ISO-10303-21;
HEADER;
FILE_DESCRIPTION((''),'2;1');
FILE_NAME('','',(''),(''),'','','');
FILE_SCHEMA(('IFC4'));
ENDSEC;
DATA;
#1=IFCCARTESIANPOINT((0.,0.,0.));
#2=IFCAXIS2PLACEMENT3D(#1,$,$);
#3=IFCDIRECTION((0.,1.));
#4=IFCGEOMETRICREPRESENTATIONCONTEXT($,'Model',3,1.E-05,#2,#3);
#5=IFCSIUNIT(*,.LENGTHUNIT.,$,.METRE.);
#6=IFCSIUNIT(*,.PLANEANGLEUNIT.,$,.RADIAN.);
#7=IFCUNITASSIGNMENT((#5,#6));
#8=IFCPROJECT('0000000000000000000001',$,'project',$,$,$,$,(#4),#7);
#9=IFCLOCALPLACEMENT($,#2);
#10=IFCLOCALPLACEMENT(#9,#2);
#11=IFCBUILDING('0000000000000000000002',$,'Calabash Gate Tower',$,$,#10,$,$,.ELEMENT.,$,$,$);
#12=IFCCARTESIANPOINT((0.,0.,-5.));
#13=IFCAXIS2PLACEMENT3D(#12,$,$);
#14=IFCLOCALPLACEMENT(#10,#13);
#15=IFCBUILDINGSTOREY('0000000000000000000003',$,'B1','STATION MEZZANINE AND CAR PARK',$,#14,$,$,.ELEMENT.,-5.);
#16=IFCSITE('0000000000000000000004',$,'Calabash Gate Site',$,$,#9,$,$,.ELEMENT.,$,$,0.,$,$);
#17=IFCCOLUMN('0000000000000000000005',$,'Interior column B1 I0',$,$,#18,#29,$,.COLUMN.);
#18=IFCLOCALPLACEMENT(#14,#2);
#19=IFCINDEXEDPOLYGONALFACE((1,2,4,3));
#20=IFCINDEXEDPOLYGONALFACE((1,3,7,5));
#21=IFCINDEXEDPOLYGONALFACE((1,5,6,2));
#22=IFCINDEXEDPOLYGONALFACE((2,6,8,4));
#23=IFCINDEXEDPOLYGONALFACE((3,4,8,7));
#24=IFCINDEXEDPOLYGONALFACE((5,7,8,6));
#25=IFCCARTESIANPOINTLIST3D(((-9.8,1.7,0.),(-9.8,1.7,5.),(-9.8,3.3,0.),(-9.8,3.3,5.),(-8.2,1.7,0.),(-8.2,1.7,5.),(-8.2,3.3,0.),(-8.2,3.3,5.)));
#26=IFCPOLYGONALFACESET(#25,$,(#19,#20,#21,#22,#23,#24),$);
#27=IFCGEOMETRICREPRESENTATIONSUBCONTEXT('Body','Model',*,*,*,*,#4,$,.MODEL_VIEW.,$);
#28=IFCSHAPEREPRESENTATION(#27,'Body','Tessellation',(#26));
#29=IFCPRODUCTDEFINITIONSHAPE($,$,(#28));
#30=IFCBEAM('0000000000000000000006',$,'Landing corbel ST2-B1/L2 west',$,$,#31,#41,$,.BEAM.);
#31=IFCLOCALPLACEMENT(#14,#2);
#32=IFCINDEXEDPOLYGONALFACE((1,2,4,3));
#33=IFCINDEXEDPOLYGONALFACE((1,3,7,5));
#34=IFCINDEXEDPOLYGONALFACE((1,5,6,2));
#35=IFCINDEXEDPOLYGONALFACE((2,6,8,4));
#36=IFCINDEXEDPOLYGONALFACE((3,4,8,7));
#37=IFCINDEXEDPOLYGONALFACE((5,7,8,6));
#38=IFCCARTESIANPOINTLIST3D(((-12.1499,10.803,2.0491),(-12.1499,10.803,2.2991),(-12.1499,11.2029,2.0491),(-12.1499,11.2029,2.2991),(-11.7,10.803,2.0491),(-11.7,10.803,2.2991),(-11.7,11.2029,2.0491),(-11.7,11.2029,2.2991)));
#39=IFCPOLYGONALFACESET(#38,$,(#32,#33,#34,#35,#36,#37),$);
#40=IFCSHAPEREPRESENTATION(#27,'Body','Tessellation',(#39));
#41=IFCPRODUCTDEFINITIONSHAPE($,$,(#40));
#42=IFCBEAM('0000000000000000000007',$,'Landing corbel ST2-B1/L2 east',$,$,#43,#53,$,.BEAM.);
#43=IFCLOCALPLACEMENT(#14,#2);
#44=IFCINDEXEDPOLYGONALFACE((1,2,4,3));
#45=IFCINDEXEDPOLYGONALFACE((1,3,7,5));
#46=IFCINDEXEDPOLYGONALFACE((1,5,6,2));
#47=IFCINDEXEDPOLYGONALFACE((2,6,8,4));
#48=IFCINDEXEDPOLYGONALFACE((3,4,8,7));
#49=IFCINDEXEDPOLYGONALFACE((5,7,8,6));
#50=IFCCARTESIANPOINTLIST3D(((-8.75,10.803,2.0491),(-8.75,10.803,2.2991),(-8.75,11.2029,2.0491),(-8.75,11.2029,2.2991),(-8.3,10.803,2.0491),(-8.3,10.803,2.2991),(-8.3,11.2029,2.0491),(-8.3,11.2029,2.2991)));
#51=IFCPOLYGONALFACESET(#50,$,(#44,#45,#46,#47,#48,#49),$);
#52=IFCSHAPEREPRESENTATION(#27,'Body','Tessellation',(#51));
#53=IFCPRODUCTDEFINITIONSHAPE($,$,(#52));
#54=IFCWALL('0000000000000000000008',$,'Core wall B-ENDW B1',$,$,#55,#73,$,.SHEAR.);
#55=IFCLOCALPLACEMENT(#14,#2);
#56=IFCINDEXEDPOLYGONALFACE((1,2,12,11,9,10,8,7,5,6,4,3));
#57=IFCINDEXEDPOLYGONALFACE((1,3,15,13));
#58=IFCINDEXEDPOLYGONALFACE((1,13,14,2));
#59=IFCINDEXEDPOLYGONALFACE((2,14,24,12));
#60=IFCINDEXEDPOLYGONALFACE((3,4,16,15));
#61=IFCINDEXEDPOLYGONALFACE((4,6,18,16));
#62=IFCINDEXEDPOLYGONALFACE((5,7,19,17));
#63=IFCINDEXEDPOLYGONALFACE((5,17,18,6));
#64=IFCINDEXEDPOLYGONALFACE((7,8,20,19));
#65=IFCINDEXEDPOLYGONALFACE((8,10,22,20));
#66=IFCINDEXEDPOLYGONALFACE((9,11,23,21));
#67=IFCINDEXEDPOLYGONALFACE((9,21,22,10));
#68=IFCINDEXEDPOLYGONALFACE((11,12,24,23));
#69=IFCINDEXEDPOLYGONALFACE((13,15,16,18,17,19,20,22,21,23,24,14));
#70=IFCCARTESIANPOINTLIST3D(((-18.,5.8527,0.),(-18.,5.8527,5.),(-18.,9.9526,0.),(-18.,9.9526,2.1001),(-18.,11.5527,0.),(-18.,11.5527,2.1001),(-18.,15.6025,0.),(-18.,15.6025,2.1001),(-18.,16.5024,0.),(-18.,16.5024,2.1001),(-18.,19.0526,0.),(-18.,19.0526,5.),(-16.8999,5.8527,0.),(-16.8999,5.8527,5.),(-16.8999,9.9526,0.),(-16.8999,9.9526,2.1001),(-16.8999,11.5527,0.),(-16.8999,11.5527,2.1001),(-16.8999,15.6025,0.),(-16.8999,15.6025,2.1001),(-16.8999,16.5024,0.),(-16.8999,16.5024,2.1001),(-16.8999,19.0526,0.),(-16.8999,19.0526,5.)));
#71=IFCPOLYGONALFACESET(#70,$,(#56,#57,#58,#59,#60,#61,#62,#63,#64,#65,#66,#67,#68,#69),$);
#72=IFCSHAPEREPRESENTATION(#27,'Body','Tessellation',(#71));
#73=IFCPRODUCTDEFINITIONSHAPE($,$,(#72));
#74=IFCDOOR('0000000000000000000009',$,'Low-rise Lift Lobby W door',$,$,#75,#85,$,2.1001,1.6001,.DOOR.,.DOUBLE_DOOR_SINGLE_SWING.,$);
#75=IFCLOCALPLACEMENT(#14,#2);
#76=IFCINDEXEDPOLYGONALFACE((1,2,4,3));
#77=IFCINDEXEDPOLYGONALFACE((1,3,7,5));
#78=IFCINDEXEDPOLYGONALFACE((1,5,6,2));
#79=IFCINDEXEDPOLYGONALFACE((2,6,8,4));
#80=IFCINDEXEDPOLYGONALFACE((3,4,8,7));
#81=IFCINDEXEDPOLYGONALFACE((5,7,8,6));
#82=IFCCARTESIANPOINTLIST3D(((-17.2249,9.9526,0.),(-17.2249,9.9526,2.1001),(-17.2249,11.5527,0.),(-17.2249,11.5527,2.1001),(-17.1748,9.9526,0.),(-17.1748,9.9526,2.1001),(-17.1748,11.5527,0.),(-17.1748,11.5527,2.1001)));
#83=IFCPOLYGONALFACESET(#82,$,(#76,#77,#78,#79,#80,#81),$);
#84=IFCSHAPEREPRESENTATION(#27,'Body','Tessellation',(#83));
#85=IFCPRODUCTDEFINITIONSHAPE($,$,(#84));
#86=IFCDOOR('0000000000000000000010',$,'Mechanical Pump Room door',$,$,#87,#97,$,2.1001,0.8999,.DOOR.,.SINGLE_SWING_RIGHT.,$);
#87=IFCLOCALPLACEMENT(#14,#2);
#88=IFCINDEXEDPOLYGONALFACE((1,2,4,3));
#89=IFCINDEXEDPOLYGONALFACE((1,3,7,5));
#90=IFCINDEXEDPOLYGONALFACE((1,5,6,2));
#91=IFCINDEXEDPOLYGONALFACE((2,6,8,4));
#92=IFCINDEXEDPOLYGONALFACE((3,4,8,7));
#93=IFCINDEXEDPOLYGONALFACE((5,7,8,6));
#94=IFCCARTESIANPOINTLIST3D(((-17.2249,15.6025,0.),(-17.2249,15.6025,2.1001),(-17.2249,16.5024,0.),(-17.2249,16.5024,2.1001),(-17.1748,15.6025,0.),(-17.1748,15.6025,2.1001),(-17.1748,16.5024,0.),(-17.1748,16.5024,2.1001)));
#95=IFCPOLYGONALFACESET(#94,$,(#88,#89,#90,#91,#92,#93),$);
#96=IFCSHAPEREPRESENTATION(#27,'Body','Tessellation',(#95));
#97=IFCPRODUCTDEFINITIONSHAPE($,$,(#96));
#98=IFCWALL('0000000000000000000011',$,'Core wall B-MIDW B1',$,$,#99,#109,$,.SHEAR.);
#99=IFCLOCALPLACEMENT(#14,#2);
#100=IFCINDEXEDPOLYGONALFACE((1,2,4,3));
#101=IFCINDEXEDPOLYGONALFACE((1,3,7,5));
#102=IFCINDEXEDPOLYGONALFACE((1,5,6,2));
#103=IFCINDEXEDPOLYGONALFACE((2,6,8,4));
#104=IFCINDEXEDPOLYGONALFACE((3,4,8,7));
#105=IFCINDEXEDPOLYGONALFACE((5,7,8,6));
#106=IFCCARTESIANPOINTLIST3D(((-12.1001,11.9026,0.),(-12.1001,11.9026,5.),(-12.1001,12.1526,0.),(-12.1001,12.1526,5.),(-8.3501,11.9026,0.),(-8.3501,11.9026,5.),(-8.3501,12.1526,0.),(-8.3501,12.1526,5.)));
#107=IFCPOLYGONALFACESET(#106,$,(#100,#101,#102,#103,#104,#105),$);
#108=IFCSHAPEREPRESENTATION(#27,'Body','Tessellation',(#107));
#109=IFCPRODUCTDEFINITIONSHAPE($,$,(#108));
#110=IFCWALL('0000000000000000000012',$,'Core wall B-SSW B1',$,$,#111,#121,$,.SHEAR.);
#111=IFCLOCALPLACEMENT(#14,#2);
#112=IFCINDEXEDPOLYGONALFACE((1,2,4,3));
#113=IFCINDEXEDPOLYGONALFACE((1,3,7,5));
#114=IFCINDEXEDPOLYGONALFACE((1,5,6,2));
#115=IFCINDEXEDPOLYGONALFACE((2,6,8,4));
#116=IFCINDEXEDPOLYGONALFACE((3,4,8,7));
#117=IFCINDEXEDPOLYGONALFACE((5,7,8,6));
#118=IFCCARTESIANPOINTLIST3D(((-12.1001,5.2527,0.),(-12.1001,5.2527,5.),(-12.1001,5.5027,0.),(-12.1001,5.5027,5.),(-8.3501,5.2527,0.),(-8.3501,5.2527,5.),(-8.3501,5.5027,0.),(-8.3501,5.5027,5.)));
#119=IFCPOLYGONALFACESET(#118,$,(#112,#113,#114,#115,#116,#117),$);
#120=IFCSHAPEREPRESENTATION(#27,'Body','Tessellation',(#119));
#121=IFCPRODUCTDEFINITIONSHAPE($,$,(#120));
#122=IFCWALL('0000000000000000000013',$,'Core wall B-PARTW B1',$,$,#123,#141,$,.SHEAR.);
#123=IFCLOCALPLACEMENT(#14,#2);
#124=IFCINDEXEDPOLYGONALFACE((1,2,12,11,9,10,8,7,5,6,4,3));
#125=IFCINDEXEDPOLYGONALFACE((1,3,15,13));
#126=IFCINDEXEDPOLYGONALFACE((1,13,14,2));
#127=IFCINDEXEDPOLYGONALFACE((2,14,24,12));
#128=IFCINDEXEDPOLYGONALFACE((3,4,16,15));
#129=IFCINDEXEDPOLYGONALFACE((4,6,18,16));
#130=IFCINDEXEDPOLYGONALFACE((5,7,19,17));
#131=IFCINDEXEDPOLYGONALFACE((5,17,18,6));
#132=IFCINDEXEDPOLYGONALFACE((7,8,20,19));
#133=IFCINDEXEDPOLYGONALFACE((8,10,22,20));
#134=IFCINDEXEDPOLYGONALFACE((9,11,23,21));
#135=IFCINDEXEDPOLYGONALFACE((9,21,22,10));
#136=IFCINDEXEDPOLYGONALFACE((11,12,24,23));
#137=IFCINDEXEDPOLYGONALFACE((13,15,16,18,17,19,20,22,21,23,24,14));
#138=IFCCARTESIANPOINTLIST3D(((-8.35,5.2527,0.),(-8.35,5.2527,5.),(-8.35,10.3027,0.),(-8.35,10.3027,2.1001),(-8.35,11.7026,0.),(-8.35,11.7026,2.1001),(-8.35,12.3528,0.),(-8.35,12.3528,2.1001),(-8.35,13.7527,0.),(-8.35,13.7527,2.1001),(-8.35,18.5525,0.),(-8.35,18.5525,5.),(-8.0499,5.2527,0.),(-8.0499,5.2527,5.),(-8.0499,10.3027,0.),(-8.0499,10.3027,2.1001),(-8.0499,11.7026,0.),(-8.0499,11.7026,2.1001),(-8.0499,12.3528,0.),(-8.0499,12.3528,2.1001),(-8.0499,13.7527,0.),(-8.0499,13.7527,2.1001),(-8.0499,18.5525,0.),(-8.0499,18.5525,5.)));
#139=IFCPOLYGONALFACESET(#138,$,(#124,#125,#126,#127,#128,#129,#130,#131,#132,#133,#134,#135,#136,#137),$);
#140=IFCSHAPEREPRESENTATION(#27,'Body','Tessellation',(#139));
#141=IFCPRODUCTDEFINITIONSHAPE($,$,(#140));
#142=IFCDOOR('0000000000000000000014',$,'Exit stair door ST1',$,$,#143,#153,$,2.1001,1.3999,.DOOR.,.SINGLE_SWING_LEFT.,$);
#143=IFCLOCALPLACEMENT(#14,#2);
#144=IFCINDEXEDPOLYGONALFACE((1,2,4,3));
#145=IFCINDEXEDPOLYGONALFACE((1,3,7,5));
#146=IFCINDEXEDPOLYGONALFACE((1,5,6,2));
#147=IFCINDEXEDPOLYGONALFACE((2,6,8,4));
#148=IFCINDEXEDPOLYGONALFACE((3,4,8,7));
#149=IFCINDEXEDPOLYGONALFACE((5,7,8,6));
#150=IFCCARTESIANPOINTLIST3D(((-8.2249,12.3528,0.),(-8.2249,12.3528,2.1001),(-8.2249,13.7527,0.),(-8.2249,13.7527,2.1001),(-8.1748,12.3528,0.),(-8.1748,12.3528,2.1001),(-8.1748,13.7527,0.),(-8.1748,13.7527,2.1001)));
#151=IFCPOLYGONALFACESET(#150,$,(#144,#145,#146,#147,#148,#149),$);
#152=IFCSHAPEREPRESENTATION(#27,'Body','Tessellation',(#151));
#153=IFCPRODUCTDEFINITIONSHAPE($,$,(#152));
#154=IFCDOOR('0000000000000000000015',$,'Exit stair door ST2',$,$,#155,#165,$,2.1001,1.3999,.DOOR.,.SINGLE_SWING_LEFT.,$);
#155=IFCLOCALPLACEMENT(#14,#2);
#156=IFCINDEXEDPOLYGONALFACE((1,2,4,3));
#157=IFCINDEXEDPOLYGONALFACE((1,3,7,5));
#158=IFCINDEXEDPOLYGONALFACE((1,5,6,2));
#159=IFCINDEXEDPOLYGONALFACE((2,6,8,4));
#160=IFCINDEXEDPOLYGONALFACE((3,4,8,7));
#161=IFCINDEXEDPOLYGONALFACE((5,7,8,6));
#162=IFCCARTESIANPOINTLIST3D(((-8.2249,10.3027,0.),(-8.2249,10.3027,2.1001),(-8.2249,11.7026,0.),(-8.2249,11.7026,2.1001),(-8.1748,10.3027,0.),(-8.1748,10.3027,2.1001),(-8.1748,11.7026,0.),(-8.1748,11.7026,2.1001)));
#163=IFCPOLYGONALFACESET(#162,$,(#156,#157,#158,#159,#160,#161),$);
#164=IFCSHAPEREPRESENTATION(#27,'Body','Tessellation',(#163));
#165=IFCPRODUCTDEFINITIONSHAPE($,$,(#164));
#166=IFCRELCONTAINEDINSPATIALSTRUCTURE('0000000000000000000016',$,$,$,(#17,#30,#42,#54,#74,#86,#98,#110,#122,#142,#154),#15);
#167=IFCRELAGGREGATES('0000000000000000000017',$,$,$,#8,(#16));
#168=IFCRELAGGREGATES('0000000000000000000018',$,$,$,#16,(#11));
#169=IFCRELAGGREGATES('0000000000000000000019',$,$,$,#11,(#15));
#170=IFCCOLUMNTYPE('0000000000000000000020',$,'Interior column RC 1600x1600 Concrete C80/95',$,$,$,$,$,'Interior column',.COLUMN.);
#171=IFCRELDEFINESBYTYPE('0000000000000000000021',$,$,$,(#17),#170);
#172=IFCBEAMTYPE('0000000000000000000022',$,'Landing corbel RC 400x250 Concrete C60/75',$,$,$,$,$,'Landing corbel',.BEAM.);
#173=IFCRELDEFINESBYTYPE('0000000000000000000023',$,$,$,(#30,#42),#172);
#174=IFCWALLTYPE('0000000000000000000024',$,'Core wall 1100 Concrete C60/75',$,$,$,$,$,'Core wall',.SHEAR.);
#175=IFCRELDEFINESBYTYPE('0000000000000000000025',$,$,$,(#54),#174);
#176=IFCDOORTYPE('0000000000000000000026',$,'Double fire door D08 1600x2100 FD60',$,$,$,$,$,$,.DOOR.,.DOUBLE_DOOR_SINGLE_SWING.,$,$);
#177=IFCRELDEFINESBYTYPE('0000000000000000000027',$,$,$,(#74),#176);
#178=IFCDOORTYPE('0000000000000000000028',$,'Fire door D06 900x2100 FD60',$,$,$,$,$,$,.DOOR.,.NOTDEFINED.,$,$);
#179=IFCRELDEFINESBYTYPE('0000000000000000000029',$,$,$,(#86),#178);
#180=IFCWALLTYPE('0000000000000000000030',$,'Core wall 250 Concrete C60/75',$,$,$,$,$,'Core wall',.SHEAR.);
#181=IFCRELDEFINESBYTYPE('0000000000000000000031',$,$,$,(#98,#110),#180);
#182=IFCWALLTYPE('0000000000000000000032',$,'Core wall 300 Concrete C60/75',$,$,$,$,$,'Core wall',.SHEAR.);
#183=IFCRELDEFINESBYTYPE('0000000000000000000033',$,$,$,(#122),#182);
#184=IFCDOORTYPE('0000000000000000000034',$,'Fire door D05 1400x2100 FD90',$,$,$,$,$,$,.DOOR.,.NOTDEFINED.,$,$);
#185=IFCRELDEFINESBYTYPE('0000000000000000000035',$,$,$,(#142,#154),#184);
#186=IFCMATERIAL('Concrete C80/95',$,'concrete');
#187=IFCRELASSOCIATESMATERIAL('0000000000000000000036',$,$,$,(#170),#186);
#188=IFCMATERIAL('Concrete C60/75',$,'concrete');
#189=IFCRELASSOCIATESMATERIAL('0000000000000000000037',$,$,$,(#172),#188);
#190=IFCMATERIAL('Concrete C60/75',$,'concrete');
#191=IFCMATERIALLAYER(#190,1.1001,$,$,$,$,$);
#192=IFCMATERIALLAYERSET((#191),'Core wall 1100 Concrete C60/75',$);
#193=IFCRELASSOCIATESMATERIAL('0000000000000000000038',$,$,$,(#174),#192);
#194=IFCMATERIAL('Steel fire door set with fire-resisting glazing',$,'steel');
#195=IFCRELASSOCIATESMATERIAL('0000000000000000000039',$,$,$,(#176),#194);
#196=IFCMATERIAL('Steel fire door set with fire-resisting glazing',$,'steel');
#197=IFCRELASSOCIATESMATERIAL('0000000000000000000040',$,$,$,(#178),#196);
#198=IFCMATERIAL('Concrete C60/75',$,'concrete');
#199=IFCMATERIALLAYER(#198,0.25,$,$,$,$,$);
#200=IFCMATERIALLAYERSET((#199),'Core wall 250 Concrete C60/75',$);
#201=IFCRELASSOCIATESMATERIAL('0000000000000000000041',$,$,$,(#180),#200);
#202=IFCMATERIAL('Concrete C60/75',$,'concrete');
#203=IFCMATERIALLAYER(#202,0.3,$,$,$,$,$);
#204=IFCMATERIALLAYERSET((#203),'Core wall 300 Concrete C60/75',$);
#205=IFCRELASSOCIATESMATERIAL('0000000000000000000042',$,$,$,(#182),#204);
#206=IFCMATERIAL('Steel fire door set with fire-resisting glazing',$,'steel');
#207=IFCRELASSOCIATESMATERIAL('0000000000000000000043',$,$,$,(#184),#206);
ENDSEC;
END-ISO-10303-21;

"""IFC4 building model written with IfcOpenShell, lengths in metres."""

from ifc_helpers import new_model, si_unit, direction, frame, frame_2d, origin, origin_2d, place, context, subcontext, project, spatial, rectangle, extrude, material, layer, layer_set, material_profile, profile_set, type_object, element, fill, save


model = new_model("IFC4")

# Units and contexts
model_context = context("Model", 3, precision=1e-05, world=origin(), true_north=direction((0.0, 1.0)))
body_context = subcontext(model_context, "Body", "Model", "MODEL_VIEW")
ifc_project = project(units=[si_unit("LENGTHUNIT", "METRE"), si_unit("PLANEANGLEUNIT", "RADIAN")], contexts=[model_context])

# Site, building, storey
site_placement = place(None, origin())
site = spatial("IfcSite", under=ifc_project, at=site_placement, Name="Calabash Gate Site", CompositionType="ELEMENT", RefElevation=0.0)
building_placement = place(site_placement, origin())
building = spatial("IfcBuilding", under=site, at=building_placement, Name="Calabash Gate Tower", CompositionType="ELEMENT")
storey_placement = place(building_placement, frame((0.0, 0.0, -5.0)))
storey = spatial("IfcBuildingStorey", under=building, at=storey_placement, Name="B1", Description="STATION MEZZANINE AND CAR PARK", CompositionType="ELEMENT", Elevation=-5.0)

# Column
ifc_material_1 = material(Name="Concrete C80/95", Category="concrete")
ifc_material_profile_1 = material_profile(ifc_material_1, rectangle(XDim=1.6001, YDim=1.6001, at=origin_2d()))
ifc_profile_set_1 = profile_set([ifc_material_profile_1], Name="Concrete C80/95")
column_type = type_object("IfcColumnType", Name="Interior column RC 1600x1600 Concrete C80/95", ElementType="Interior column", PredefinedType="COLUMN", material=ifc_profile_set_1)
column_placement = place(storey_placement, frame((-9.0, 2.5, 0.0), z_axis=(0.0, 0.0, 1.0), x_axis=(1.0, 0.0, 0.0)))
element("IfcColumn", 1, at=column_placement, inside=storey, type_object=column_type, Name="Interior column B1 I0", PredefinedType="COLUMN", context=body_context, shape_type="SweptSolid", body=[
    extrude(rectangle(XDim=1.6001, YDim=1.6001, at=origin_2d()), origin(), (0.0, 0.0, 1.0), 5.0),
])

# Beams
ifc_material_2 = material(Name="Concrete C60/75", Category="concrete")
ifc_material_profile_2 = material_profile(ifc_material_2, rectangle(XDim=0.3999, YDim=0.25, at=origin_2d()))
ifc_profile_set_2 = profile_set([ifc_material_profile_2], Name="Concrete C60/75")
beam_type = type_object("IfcBeamType", Name="Landing corbel RC 400x250 Concrete C60/75", ElementType="Landing corbel", PredefinedType="BEAM", material=ifc_profile_set_2)
for number, where, z_axis, x_axis, name in (
    (2, (-12.1499, 11.0029, 2.1741), (1.0, 0.0, 0.0), (0.0, 1.0, 0.0), "Landing corbel ST2-B1/L2 west"),
    (3, (-8.3, 11.0029, 2.1741), (-1.0, 0.0, 0.0), (0.0, -1.0, 0.0), "Landing corbel ST2-B1/L2 east"),
):
    element("IfcBeam", number, at=place(storey_placement, frame(where, z_axis=z_axis, x_axis=x_axis)), inside=storey, type_object=beam_type, Name=name, PredefinedType="BEAM", context=body_context, shape_type="SweptSolid", body=[
        extrude(rectangle(XDim=0.3999, YDim=0.25, at=origin_2d()), origin(), (0.0, 0.0, 1.0), 0.45),
    ])

# Wall, openings, doors
ifc_material_3 = material(Name="Concrete C60/75", Category="concrete")
ifc_layer_1 = layer(ifc_material_3, 1.1001)
ifc_layer_set_1 = layer_set([ifc_layer_1], Name="Core wall 1100 Concrete C60/75")
wall_type_1 = type_object("IfcWallType", Name="Core wall 1100 Concrete C60/75", ElementType="Core wall", PredefinedType="SHEAR", material=ifc_layer_set_1)
wall_1_placement = place(storey_placement, frame((-17.45, 5.8525, 0.0), z_axis=(0.0, 0.0, 1.0), x_axis=(0.0, 1.0, 0.0)))
wall_1 = element("IfcWall", 4, at=wall_1_placement, inside=storey, type_object=wall_type_1, Name="Core wall B-ENDW B1", PredefinedType="SHEAR", context=body_context, shape_type="SweptSolid", body=[
    extrude(rectangle(XDim=13.2, YDim=1.1001, at=frame_2d((6.6001, 0.0))), origin(), (0.0, 0.0, 1.0), 5.0),
])
opening_1_placement = place(wall_1_placement, frame((4.1001, 0.0, 0.0)))
opening_1 = element("IfcOpeningElement", 5, at=opening_1_placement, cuts=wall_1, PredefinedType="OPENING", context=body_context, shape_type="SweptSolid", body=[
    extrude(rectangle(XDim=1.6001, YDim=2.1001, at=frame_2d((0.8, 1.05))), frame((0.0, 0.5601, 0.0), z_axis=(0.0, -1.0, 0.0), x_axis=(1.0, 0.0, 0.0)), (0.0, 0.0, 1.0), 1.1201),
])
opening_2_placement = place(wall_1_placement, frame((9.75, 0.0, 0.0)))
opening_2 = element("IfcOpeningElement", 6, at=opening_2_placement, cuts=wall_1, PredefinedType="OPENING", context=body_context, shape_type="SweptSolid", body=[
    extrude(rectangle(XDim=0.8999, YDim=2.1001, at=frame_2d((0.45, 1.05))), frame((0.0, 0.5601, 0.0), z_axis=(0.0, -1.0, 0.0), x_axis=(1.0, 0.0, 0.0)), (0.0, 0.0, 1.0), 1.1201),
])
ifc_material_4 = material(Name="Steel fire door set with fire-resisting glazing", Category="steel")
door_type_1 = type_object("IfcDoorType", Name="Double fire door D08 1600x2100 FD60", OperationType="DOUBLE_DOOR_SINGLE_SWING", PredefinedType="DOOR", material=ifc_material_4)
door_1_placement = place(opening_1_placement, origin())
door_1 = element("IfcDoor", 7, at=door_1_placement, inside=storey, type_object=door_type_1, Name="Low-rise Lift Lobby W door", OperationType="DOUBLE_DOOR_SINGLE_SWING", OverallHeight=2.1001, OverallWidth=1.6001, PredefinedType="DOOR", context=body_context, shape_type="SweptSolid", body=[
    extrude(rectangle(XDim=1.6001, YDim=2.1001, at=frame_2d((0.8, 1.05))), frame((0.0, -0.2251, 0.0), z_axis=(0.0, -1.0, 0.0), x_axis=(1.0, 0.0, 0.0)), (0.0, 0.0, 1.0), 0.05),
])
fill(opening_1, door_1)
ifc_material_5 = material(Name="Steel fire door set with fire-resisting glazing", Category="steel")
door_type_2 = type_object("IfcDoorType", Name="Fire door D06 900x2100 FD60", OperationType="NOTDEFINED", PredefinedType="DOOR", material=ifc_material_5)
door_2_placement = place(opening_2_placement, origin())
door_2 = element("IfcDoor", 8, at=door_2_placement, inside=storey, type_object=door_type_2, Name="Mechanical Pump Room door", OperationType="SINGLE_SWING_RIGHT", OverallHeight=2.1001, OverallWidth=0.8999, PredefinedType="DOOR", context=body_context, shape_type="SweptSolid", body=[
    extrude(rectangle(XDim=0.8999, YDim=2.1001, at=frame_2d((0.45, 1.05))), frame((0.0, -0.2251, 0.0), z_axis=(0.0, -1.0, 0.0), x_axis=(1.0, 0.0, 0.0)), (0.0, 0.0, 1.0), 0.05),
])
fill(opening_2, door_2)

# Walls
ifc_material_6 = material(Name="Concrete C60/75", Category="concrete")
ifc_layer_2 = layer(ifc_material_6, 0.25)
ifc_layer_set_2 = layer_set([ifc_layer_2], Name="Core wall 250 Concrete C60/75")
wall_type_2 = type_object("IfcWallType", Name="Core wall 250 Concrete C60/75", ElementType="Core wall", PredefinedType="SHEAR", material=ifc_layer_set_2)
for number, where, z_axis, x_axis, name in (
    (9, (-12.1001, 12.0276, 0.0), (0.0, 0.0, 1.0), (1.0, 0.0, 0.0), "Core wall B-MIDW B1"),
    (10, (-12.1001, 5.3777, 0.0), (0.0, 0.0, 1.0), (1.0, 0.0, 0.0), "Core wall B-SSW B1"),
):
    element("IfcWall", number, at=place(storey_placement, frame(where, z_axis=z_axis, x_axis=x_axis)), inside=storey, type_object=wall_type_2, Name=name, PredefinedType="SHEAR", context=body_context, shape_type="SweptSolid", body=[
        extrude(rectangle(XDim=3.75, YDim=0.25, at=frame_2d((1.875, 0.0))), origin(), (0.0, 0.0, 1.0), 5.0),
    ])

# Wall, openings, doors
ifc_material_7 = material(Name="Concrete C60/75", Category="concrete")
ifc_layer_3 = layer(ifc_material_7, 0.3)
ifc_layer_set_3 = layer_set([ifc_layer_3], Name="Core wall 300 Concrete C60/75")
wall_type_3 = type_object("IfcWallType", Name="Core wall 300 Concrete C60/75", ElementType="Core wall", PredefinedType="SHEAR", material=ifc_layer_set_3)
wall_2_placement = place(storey_placement, frame((-8.2, 5.2527, 0.0), z_axis=(0.0, 0.0, 1.0), x_axis=(0.0, 1.0, 0.0)))
wall_2 = element("IfcWall", 11, at=wall_2_placement, inside=storey, type_object=wall_type_3, Name="Core wall B-PARTW B1", PredefinedType="SHEAR", context=body_context, shape_type="SweptSolid", body=[
    extrude(rectangle(XDim=13.2998, YDim=0.3, at=frame_2d((6.6499, 0.0))), origin(), (0.0, 0.0, 1.0), 5.0),
])
opening_3_placement = place(wall_2_placement, frame((7.1001, 0.0, 0.0)))
opening_3 = element("IfcOpeningElement", 12, at=opening_3_placement, cuts=wall_2, PredefinedType="OPENING", context=body_context, shape_type="SweptSolid", body=[
    extrude(rectangle(XDim=1.3999, YDim=2.1001, at=frame_2d((0.7, 1.05))), frame((0.0, 0.1599, 0.0), z_axis=(0.0, -1.0, 0.0), x_axis=(1.0, 0.0, 0.0)), (0.0, 0.0, 1.0), 0.3201),
])
opening_4_placement = place(wall_2_placement, frame((5.05, 0.0, 0.0)))
opening_4 = element("IfcOpeningElement", 13, at=opening_4_placement, cuts=wall_2, PredefinedType="OPENING", context=body_context, shape_type="SweptSolid", body=[
    extrude(rectangle(XDim=1.3999, YDim=2.1001, at=frame_2d((0.7, 1.05))), frame((0.0, 0.1599, 0.0), z_axis=(0.0, -1.0, 0.0), x_axis=(1.0, 0.0, 0.0)), (0.0, 0.0, 1.0), 0.3201),
])
ifc_material_8 = material(Name="Steel fire door set with fire-resisting glazing", Category="steel")
door_type_3 = type_object("IfcDoorType", Name="Fire door D05 1400x2100 FD90", OperationType="NOTDEFINED", PredefinedType="DOOR", material=ifc_material_8)
door_3_placement = place(opening_3_placement, origin())
door_3 = element("IfcDoor", 14, at=door_3_placement, inside=storey, type_object=door_type_3, Name="Exit stair door ST1", OperationType="SINGLE_SWING_LEFT", OverallHeight=2.1001, OverallWidth=1.3999, PredefinedType="DOOR", context=body_context, shape_type="SweptSolid", body=[
    extrude(rectangle(XDim=1.3999, YDim=2.1001, at=frame_2d((0.7, 1.05))), frame((0.0, 0.0249, 0.0), z_axis=(0.0, -1.0, 0.0), x_axis=(1.0, 0.0, 0.0)), (0.0, 0.0, 1.0), 0.05),
])
fill(opening_3, door_3)
door_4_placement = place(opening_4_placement, origin())
door_4 = element("IfcDoor", 15, at=door_4_placement, inside=storey, type_object=door_type_3, Name="Exit stair door ST2", OperationType="SINGLE_SWING_LEFT", OverallHeight=2.1001, OverallWidth=1.3999, PredefinedType="DOOR", context=body_context, shape_type="SweptSolid", body=[
    extrude(rectangle(XDim=1.3999, YDim=2.1001, at=frame_2d((0.7, 1.05))), frame((0.0, 0.0249, 0.0), z_axis=(0.0, -1.0, 0.0), x_axis=(1.0, 0.0, 0.0)), (0.0, 0.0, 1.0), 0.05),
])
fill(opening_4, door_4)

save(model, "model.ifc")
